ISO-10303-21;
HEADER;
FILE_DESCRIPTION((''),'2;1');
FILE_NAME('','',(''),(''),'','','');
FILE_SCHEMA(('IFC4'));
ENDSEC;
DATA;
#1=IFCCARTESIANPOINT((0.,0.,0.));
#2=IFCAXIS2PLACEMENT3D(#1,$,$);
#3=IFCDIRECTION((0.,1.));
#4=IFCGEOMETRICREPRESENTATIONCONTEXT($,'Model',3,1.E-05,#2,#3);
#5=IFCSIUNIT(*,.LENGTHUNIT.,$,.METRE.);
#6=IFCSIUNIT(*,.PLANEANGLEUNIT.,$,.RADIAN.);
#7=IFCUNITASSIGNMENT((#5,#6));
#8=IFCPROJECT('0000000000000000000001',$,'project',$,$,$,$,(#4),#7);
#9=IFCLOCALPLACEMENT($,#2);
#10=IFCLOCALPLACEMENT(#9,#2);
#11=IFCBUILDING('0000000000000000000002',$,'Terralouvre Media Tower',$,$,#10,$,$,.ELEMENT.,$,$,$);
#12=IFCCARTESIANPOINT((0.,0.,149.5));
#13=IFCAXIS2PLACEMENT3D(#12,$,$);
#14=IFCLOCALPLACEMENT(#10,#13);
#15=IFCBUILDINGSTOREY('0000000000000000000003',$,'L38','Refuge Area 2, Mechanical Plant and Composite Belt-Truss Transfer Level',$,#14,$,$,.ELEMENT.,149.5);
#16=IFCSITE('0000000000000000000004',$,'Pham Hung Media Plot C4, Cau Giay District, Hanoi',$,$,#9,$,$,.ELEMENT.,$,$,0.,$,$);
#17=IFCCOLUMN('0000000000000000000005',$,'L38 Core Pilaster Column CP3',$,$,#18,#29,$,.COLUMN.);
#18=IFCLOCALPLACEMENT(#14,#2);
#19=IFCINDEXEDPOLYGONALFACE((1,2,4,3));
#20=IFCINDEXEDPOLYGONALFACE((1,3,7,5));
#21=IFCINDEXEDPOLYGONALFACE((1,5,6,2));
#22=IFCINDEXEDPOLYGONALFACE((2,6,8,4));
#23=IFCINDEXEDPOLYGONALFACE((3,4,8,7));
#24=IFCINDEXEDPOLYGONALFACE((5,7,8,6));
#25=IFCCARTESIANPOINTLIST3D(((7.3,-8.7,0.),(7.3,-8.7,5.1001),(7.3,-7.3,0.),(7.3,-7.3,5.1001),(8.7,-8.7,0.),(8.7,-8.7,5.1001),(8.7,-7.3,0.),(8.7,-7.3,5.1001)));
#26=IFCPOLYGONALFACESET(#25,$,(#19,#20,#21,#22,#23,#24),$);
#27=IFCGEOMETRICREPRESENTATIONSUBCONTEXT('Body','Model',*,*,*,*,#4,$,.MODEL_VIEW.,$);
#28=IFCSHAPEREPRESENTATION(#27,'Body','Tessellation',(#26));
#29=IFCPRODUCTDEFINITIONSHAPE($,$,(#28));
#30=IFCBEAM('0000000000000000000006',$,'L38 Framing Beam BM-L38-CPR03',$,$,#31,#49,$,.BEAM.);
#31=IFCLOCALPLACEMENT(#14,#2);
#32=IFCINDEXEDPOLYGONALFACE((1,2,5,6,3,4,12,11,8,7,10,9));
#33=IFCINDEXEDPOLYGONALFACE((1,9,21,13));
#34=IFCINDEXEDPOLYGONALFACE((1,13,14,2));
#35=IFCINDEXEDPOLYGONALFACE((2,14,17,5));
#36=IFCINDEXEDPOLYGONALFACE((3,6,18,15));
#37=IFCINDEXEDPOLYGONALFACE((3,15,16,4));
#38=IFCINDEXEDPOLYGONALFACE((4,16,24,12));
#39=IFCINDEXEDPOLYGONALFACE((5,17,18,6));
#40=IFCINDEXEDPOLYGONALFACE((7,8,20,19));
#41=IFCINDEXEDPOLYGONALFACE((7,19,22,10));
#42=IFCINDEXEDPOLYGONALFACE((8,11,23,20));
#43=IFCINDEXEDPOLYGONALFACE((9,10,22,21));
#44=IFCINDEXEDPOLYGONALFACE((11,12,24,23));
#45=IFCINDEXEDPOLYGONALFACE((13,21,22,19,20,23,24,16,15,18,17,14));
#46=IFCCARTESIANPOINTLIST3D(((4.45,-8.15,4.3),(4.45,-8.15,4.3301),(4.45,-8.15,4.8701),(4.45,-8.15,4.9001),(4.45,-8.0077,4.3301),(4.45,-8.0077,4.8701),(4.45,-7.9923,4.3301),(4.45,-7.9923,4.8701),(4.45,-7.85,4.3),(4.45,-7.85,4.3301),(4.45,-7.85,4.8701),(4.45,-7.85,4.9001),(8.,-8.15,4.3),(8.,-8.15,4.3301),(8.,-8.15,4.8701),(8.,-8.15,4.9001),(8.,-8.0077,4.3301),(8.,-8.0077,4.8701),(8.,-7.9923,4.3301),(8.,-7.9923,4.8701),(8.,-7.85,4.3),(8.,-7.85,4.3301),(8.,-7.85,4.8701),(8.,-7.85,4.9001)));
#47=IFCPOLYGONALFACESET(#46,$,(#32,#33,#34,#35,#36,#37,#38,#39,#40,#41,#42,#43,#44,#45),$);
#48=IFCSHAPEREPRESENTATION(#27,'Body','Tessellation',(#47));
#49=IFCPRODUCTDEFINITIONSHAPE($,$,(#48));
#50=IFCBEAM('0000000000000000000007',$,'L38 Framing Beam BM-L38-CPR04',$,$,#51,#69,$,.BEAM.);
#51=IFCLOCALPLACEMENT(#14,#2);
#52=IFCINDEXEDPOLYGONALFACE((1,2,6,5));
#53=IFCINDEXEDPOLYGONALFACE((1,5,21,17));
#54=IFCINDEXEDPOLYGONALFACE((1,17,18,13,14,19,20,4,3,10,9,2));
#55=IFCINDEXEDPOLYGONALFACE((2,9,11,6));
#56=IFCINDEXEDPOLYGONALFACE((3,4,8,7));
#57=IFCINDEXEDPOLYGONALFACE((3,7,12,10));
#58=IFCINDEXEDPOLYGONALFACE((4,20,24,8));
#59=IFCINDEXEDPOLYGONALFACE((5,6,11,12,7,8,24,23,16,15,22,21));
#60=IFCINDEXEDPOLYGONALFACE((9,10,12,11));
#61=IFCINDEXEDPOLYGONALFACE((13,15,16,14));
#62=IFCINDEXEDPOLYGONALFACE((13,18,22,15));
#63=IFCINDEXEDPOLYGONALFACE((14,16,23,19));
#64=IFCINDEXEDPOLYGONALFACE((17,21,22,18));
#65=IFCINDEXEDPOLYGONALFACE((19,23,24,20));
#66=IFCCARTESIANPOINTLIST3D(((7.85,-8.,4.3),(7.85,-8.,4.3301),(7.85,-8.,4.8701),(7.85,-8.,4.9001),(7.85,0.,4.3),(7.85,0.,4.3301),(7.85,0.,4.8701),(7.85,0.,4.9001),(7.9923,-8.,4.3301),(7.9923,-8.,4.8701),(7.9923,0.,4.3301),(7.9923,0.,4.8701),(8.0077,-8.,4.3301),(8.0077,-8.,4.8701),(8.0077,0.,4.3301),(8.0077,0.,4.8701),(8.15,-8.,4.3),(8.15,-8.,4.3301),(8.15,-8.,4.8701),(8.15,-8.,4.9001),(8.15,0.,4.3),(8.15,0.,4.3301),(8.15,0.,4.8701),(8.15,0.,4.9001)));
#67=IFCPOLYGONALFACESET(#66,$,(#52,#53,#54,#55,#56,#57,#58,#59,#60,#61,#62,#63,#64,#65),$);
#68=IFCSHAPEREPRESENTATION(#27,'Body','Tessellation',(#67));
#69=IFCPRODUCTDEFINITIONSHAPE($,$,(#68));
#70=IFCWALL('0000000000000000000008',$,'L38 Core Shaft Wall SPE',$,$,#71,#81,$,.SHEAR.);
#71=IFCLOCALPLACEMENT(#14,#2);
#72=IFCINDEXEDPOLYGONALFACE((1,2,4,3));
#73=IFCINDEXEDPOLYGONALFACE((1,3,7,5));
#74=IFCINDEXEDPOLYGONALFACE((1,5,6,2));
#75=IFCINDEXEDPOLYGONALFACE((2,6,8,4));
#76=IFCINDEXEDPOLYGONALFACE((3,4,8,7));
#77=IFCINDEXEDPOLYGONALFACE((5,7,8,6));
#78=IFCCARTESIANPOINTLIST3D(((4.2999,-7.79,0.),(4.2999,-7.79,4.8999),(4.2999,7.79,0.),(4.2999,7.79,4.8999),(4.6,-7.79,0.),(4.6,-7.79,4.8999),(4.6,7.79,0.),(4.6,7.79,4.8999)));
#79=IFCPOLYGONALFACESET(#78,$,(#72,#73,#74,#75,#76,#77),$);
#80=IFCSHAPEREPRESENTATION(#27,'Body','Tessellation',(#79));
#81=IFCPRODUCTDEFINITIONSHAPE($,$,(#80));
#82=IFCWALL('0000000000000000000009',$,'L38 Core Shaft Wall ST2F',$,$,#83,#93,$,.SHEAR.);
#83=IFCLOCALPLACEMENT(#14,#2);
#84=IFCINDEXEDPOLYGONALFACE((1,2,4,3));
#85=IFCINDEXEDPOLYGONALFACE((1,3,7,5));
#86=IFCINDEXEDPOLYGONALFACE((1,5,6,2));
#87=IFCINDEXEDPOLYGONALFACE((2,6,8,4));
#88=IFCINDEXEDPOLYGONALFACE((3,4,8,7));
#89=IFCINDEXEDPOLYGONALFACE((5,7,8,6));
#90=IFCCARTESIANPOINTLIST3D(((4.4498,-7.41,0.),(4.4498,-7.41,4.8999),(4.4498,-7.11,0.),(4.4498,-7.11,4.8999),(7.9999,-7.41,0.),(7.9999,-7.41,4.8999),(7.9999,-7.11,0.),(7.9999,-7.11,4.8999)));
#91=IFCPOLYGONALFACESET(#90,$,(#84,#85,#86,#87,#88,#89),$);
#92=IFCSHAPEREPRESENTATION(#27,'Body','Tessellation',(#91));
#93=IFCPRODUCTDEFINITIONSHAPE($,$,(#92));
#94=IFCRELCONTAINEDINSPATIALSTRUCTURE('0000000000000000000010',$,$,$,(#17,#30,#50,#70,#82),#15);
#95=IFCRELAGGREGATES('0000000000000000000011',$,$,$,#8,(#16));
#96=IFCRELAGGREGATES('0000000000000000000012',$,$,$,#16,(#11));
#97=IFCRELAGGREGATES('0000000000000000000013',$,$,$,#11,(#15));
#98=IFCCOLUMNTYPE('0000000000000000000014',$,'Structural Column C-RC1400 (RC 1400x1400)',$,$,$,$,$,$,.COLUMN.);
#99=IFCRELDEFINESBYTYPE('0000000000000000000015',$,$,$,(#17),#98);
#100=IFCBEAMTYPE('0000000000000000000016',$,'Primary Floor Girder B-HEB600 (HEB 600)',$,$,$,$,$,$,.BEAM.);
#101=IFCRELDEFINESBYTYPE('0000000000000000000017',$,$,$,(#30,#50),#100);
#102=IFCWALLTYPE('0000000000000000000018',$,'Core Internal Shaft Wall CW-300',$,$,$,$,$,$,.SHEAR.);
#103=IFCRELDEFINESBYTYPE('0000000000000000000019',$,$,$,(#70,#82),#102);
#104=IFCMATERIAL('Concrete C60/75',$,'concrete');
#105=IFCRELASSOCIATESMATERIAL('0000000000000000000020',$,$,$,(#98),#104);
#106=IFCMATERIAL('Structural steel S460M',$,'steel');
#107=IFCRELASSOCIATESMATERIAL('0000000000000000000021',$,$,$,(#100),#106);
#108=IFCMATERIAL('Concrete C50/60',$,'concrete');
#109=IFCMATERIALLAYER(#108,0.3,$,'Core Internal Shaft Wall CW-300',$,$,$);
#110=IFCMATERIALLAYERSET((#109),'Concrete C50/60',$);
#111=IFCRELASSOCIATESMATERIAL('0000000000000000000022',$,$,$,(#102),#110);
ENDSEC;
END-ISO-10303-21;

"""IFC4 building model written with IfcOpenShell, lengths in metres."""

from ifc_helpers import new_model, si_unit, direction, frame, frame_2d, origin, origin_2d, place, context, subcontext, project, spatial, rectangle, i_section, extrude, material, layer, layer_set, material_profile, profile_set, type_object, element, save


model = new_model("IFC4")

# Units and contexts
model_context = context("Model", 3, precision=1e-05, world=origin(), true_north=direction((0.0, 1.0)))
body_context = subcontext(model_context, "Body", "Model", "MODEL_VIEW")
ifc_project = project(units=[si_unit("LENGTHUNIT", "METRE"), si_unit("PLANEANGLEUNIT", "RADIAN")], contexts=[model_context])

# Site, building, storey
site_placement = place(None, origin())
site = spatial("IfcSite", under=ifc_project, at=site_placement, Name="Pham Hung Media Plot C4, Cau Giay District, Hanoi", CompositionType="ELEMENT", RefElevation=0.0)
building_placement = place(site_placement, origin())
building = spatial("IfcBuilding", under=site, at=building_placement, Name="Terralouvre Media Tower", CompositionType="ELEMENT")
storey_placement = place(building_placement, frame((0.0, 0.0, 149.5)))
storey = spatial("IfcBuildingStorey", under=building, at=storey_placement, Name="L38", Description="Refuge Area 2, Mechanical Plant and Composite Belt-Truss Transfer Level", CompositionType="ELEMENT", Elevation=149.5)

# Column
ifc_material_1 = material(Name="Concrete C60/75", Category="concrete")
ifc_material_profile_1 = material_profile(ifc_material_1, rectangle(XDim=1.3999, YDim=1.3999, at=origin_2d()), Name="RC 1400x1400")
ifc_profile_set_1 = profile_set([ifc_material_profile_1], Name="Concrete C60/75")
column_type = type_object("IfcColumnType", Name="Structural Column C-RC1400 (RC 1400x1400)", PredefinedType="COLUMN", material=ifc_profile_set_1)
column_placement = place(storey_placement, frame((8.0, -8.0, 0.0), z_axis=(0.0, 0.0, 1.0), x_axis=(1.0, 0.0, 0.0)))
element("IfcColumn", 1, at=column_placement, inside=storey, type_object=column_type, Name="L38 Core Pilaster Column CP3", PredefinedType="COLUMN", context=body_context, shape_type="SweptSolid", body=[
    extrude(rectangle(XDim=1.3999, YDim=1.3999, at=origin_2d()), origin(), (0.0, 0.0, 1.0), 5.1001),
])

# Beams
ifc_material_2 = material(Name="Structural steel S460M", Category="steel")
ifc_material_profile_2 = material_profile(ifc_material_2, i_section(OverallWidth=0.3, OverallDepth=0.6001, WebThickness=0.0154, FlangeThickness=0.03, at=origin_2d()), Name="HEB 600")
ifc_profile_set_2 = profile_set([ifc_material_profile_2], Name="Structural steel S460M")
beam_type = type_object("IfcBeamType", Name="Primary Floor Girder B-HEB600 (HEB 600)", PredefinedType="BEAM", material=ifc_profile_set_2)
beam_1_placement = place(storey_placement, frame((4.45, -8.0, 4.6001), z_axis=(1.0, 0.0, 0.0), x_axis=(0.0, 1.0, 0.0)))
element("IfcBeam", 2, at=beam_1_placement, inside=storey, type_object=beam_type, Name="L38 Framing Beam BM-L38-CPR03", PredefinedType="BEAM", context=body_context, shape_type="SweptSolid", body=[
    extrude(i_section(OverallWidth=0.3, OverallDepth=0.6001, WebThickness=0.0154, FlangeThickness=0.03, at=origin_2d()), origin(), (0.0, 0.0, 1.0), 3.55),
])
beam_2_placement = place(storey_placement, frame((8.0, -8.0, 4.6001), z_axis=(0.0, 1.0, 0.0), x_axis=(-1.0, 0.0, 0.0)))
element("IfcBeam", 3, at=beam_2_placement, inside=storey, type_object=beam_type, Name="L38 Framing Beam BM-L38-CPR04", PredefinedType="BEAM", context=body_context, shape_type="SweptSolid", body=[
    extrude(i_section(OverallWidth=0.3, OverallDepth=0.6001, WebThickness=0.0154, FlangeThickness=0.03, at=origin_2d()), origin(), (0.0, 0.0, 1.0), 8.0),
])

# Wall
ifc_material_3 = material(Name="Concrete C50/60", Category="concrete")
ifc_layer_1 = layer(ifc_material_3, 0.3, Name="Core Internal Shaft Wall CW-300")
ifc_layer_set_1 = layer_set([ifc_layer_1], Name="Concrete C50/60")
wall_type = type_object("IfcWallType", Name="Core Internal Shaft Wall CW-300", PredefinedType="SHEAR", material=ifc_layer_set_1)
wall_1_placement = place(storey_placement, frame((4.45, -7.79, 0.0), z_axis=(0.0, 0.0, 1.0), x_axis=(0.0, 1.0, 0.0)))
element("IfcWall", 4, at=wall_1_placement, inside=storey, type_object=wall_type, Name="L38 Core Shaft Wall SPE", PredefinedType="SHEAR", context=body_context, shape_type="SweptSolid", body=[
    extrude(rectangle(XDim=15.5801, YDim=0.3, at=frame_2d((7.79, 0.0))), origin(), (0.0, 0.0, 1.0), 4.8999),
])

# Wall
wall_2_placement = place(storey_placement, frame((4.45, -7.26, 0.0), z_axis=(0.0, 0.0, 1.0), x_axis=(1.0, 0.0, 0.0)))
element("IfcWall", 5, at=wall_2_placement, inside=storey, type_object=wall_type, Name="L38 Core Shaft Wall ST2F", PredefinedType="SHEAR", context=body_context, shape_type="SweptSolid", body=[
    extrude(rectangle(XDim=3.55, YDim=0.3, at=frame_2d((1.7749, 0.0))), origin(), (0.0, 0.0, 1.0), 4.8999),
])

save(model, "model.ifc")
